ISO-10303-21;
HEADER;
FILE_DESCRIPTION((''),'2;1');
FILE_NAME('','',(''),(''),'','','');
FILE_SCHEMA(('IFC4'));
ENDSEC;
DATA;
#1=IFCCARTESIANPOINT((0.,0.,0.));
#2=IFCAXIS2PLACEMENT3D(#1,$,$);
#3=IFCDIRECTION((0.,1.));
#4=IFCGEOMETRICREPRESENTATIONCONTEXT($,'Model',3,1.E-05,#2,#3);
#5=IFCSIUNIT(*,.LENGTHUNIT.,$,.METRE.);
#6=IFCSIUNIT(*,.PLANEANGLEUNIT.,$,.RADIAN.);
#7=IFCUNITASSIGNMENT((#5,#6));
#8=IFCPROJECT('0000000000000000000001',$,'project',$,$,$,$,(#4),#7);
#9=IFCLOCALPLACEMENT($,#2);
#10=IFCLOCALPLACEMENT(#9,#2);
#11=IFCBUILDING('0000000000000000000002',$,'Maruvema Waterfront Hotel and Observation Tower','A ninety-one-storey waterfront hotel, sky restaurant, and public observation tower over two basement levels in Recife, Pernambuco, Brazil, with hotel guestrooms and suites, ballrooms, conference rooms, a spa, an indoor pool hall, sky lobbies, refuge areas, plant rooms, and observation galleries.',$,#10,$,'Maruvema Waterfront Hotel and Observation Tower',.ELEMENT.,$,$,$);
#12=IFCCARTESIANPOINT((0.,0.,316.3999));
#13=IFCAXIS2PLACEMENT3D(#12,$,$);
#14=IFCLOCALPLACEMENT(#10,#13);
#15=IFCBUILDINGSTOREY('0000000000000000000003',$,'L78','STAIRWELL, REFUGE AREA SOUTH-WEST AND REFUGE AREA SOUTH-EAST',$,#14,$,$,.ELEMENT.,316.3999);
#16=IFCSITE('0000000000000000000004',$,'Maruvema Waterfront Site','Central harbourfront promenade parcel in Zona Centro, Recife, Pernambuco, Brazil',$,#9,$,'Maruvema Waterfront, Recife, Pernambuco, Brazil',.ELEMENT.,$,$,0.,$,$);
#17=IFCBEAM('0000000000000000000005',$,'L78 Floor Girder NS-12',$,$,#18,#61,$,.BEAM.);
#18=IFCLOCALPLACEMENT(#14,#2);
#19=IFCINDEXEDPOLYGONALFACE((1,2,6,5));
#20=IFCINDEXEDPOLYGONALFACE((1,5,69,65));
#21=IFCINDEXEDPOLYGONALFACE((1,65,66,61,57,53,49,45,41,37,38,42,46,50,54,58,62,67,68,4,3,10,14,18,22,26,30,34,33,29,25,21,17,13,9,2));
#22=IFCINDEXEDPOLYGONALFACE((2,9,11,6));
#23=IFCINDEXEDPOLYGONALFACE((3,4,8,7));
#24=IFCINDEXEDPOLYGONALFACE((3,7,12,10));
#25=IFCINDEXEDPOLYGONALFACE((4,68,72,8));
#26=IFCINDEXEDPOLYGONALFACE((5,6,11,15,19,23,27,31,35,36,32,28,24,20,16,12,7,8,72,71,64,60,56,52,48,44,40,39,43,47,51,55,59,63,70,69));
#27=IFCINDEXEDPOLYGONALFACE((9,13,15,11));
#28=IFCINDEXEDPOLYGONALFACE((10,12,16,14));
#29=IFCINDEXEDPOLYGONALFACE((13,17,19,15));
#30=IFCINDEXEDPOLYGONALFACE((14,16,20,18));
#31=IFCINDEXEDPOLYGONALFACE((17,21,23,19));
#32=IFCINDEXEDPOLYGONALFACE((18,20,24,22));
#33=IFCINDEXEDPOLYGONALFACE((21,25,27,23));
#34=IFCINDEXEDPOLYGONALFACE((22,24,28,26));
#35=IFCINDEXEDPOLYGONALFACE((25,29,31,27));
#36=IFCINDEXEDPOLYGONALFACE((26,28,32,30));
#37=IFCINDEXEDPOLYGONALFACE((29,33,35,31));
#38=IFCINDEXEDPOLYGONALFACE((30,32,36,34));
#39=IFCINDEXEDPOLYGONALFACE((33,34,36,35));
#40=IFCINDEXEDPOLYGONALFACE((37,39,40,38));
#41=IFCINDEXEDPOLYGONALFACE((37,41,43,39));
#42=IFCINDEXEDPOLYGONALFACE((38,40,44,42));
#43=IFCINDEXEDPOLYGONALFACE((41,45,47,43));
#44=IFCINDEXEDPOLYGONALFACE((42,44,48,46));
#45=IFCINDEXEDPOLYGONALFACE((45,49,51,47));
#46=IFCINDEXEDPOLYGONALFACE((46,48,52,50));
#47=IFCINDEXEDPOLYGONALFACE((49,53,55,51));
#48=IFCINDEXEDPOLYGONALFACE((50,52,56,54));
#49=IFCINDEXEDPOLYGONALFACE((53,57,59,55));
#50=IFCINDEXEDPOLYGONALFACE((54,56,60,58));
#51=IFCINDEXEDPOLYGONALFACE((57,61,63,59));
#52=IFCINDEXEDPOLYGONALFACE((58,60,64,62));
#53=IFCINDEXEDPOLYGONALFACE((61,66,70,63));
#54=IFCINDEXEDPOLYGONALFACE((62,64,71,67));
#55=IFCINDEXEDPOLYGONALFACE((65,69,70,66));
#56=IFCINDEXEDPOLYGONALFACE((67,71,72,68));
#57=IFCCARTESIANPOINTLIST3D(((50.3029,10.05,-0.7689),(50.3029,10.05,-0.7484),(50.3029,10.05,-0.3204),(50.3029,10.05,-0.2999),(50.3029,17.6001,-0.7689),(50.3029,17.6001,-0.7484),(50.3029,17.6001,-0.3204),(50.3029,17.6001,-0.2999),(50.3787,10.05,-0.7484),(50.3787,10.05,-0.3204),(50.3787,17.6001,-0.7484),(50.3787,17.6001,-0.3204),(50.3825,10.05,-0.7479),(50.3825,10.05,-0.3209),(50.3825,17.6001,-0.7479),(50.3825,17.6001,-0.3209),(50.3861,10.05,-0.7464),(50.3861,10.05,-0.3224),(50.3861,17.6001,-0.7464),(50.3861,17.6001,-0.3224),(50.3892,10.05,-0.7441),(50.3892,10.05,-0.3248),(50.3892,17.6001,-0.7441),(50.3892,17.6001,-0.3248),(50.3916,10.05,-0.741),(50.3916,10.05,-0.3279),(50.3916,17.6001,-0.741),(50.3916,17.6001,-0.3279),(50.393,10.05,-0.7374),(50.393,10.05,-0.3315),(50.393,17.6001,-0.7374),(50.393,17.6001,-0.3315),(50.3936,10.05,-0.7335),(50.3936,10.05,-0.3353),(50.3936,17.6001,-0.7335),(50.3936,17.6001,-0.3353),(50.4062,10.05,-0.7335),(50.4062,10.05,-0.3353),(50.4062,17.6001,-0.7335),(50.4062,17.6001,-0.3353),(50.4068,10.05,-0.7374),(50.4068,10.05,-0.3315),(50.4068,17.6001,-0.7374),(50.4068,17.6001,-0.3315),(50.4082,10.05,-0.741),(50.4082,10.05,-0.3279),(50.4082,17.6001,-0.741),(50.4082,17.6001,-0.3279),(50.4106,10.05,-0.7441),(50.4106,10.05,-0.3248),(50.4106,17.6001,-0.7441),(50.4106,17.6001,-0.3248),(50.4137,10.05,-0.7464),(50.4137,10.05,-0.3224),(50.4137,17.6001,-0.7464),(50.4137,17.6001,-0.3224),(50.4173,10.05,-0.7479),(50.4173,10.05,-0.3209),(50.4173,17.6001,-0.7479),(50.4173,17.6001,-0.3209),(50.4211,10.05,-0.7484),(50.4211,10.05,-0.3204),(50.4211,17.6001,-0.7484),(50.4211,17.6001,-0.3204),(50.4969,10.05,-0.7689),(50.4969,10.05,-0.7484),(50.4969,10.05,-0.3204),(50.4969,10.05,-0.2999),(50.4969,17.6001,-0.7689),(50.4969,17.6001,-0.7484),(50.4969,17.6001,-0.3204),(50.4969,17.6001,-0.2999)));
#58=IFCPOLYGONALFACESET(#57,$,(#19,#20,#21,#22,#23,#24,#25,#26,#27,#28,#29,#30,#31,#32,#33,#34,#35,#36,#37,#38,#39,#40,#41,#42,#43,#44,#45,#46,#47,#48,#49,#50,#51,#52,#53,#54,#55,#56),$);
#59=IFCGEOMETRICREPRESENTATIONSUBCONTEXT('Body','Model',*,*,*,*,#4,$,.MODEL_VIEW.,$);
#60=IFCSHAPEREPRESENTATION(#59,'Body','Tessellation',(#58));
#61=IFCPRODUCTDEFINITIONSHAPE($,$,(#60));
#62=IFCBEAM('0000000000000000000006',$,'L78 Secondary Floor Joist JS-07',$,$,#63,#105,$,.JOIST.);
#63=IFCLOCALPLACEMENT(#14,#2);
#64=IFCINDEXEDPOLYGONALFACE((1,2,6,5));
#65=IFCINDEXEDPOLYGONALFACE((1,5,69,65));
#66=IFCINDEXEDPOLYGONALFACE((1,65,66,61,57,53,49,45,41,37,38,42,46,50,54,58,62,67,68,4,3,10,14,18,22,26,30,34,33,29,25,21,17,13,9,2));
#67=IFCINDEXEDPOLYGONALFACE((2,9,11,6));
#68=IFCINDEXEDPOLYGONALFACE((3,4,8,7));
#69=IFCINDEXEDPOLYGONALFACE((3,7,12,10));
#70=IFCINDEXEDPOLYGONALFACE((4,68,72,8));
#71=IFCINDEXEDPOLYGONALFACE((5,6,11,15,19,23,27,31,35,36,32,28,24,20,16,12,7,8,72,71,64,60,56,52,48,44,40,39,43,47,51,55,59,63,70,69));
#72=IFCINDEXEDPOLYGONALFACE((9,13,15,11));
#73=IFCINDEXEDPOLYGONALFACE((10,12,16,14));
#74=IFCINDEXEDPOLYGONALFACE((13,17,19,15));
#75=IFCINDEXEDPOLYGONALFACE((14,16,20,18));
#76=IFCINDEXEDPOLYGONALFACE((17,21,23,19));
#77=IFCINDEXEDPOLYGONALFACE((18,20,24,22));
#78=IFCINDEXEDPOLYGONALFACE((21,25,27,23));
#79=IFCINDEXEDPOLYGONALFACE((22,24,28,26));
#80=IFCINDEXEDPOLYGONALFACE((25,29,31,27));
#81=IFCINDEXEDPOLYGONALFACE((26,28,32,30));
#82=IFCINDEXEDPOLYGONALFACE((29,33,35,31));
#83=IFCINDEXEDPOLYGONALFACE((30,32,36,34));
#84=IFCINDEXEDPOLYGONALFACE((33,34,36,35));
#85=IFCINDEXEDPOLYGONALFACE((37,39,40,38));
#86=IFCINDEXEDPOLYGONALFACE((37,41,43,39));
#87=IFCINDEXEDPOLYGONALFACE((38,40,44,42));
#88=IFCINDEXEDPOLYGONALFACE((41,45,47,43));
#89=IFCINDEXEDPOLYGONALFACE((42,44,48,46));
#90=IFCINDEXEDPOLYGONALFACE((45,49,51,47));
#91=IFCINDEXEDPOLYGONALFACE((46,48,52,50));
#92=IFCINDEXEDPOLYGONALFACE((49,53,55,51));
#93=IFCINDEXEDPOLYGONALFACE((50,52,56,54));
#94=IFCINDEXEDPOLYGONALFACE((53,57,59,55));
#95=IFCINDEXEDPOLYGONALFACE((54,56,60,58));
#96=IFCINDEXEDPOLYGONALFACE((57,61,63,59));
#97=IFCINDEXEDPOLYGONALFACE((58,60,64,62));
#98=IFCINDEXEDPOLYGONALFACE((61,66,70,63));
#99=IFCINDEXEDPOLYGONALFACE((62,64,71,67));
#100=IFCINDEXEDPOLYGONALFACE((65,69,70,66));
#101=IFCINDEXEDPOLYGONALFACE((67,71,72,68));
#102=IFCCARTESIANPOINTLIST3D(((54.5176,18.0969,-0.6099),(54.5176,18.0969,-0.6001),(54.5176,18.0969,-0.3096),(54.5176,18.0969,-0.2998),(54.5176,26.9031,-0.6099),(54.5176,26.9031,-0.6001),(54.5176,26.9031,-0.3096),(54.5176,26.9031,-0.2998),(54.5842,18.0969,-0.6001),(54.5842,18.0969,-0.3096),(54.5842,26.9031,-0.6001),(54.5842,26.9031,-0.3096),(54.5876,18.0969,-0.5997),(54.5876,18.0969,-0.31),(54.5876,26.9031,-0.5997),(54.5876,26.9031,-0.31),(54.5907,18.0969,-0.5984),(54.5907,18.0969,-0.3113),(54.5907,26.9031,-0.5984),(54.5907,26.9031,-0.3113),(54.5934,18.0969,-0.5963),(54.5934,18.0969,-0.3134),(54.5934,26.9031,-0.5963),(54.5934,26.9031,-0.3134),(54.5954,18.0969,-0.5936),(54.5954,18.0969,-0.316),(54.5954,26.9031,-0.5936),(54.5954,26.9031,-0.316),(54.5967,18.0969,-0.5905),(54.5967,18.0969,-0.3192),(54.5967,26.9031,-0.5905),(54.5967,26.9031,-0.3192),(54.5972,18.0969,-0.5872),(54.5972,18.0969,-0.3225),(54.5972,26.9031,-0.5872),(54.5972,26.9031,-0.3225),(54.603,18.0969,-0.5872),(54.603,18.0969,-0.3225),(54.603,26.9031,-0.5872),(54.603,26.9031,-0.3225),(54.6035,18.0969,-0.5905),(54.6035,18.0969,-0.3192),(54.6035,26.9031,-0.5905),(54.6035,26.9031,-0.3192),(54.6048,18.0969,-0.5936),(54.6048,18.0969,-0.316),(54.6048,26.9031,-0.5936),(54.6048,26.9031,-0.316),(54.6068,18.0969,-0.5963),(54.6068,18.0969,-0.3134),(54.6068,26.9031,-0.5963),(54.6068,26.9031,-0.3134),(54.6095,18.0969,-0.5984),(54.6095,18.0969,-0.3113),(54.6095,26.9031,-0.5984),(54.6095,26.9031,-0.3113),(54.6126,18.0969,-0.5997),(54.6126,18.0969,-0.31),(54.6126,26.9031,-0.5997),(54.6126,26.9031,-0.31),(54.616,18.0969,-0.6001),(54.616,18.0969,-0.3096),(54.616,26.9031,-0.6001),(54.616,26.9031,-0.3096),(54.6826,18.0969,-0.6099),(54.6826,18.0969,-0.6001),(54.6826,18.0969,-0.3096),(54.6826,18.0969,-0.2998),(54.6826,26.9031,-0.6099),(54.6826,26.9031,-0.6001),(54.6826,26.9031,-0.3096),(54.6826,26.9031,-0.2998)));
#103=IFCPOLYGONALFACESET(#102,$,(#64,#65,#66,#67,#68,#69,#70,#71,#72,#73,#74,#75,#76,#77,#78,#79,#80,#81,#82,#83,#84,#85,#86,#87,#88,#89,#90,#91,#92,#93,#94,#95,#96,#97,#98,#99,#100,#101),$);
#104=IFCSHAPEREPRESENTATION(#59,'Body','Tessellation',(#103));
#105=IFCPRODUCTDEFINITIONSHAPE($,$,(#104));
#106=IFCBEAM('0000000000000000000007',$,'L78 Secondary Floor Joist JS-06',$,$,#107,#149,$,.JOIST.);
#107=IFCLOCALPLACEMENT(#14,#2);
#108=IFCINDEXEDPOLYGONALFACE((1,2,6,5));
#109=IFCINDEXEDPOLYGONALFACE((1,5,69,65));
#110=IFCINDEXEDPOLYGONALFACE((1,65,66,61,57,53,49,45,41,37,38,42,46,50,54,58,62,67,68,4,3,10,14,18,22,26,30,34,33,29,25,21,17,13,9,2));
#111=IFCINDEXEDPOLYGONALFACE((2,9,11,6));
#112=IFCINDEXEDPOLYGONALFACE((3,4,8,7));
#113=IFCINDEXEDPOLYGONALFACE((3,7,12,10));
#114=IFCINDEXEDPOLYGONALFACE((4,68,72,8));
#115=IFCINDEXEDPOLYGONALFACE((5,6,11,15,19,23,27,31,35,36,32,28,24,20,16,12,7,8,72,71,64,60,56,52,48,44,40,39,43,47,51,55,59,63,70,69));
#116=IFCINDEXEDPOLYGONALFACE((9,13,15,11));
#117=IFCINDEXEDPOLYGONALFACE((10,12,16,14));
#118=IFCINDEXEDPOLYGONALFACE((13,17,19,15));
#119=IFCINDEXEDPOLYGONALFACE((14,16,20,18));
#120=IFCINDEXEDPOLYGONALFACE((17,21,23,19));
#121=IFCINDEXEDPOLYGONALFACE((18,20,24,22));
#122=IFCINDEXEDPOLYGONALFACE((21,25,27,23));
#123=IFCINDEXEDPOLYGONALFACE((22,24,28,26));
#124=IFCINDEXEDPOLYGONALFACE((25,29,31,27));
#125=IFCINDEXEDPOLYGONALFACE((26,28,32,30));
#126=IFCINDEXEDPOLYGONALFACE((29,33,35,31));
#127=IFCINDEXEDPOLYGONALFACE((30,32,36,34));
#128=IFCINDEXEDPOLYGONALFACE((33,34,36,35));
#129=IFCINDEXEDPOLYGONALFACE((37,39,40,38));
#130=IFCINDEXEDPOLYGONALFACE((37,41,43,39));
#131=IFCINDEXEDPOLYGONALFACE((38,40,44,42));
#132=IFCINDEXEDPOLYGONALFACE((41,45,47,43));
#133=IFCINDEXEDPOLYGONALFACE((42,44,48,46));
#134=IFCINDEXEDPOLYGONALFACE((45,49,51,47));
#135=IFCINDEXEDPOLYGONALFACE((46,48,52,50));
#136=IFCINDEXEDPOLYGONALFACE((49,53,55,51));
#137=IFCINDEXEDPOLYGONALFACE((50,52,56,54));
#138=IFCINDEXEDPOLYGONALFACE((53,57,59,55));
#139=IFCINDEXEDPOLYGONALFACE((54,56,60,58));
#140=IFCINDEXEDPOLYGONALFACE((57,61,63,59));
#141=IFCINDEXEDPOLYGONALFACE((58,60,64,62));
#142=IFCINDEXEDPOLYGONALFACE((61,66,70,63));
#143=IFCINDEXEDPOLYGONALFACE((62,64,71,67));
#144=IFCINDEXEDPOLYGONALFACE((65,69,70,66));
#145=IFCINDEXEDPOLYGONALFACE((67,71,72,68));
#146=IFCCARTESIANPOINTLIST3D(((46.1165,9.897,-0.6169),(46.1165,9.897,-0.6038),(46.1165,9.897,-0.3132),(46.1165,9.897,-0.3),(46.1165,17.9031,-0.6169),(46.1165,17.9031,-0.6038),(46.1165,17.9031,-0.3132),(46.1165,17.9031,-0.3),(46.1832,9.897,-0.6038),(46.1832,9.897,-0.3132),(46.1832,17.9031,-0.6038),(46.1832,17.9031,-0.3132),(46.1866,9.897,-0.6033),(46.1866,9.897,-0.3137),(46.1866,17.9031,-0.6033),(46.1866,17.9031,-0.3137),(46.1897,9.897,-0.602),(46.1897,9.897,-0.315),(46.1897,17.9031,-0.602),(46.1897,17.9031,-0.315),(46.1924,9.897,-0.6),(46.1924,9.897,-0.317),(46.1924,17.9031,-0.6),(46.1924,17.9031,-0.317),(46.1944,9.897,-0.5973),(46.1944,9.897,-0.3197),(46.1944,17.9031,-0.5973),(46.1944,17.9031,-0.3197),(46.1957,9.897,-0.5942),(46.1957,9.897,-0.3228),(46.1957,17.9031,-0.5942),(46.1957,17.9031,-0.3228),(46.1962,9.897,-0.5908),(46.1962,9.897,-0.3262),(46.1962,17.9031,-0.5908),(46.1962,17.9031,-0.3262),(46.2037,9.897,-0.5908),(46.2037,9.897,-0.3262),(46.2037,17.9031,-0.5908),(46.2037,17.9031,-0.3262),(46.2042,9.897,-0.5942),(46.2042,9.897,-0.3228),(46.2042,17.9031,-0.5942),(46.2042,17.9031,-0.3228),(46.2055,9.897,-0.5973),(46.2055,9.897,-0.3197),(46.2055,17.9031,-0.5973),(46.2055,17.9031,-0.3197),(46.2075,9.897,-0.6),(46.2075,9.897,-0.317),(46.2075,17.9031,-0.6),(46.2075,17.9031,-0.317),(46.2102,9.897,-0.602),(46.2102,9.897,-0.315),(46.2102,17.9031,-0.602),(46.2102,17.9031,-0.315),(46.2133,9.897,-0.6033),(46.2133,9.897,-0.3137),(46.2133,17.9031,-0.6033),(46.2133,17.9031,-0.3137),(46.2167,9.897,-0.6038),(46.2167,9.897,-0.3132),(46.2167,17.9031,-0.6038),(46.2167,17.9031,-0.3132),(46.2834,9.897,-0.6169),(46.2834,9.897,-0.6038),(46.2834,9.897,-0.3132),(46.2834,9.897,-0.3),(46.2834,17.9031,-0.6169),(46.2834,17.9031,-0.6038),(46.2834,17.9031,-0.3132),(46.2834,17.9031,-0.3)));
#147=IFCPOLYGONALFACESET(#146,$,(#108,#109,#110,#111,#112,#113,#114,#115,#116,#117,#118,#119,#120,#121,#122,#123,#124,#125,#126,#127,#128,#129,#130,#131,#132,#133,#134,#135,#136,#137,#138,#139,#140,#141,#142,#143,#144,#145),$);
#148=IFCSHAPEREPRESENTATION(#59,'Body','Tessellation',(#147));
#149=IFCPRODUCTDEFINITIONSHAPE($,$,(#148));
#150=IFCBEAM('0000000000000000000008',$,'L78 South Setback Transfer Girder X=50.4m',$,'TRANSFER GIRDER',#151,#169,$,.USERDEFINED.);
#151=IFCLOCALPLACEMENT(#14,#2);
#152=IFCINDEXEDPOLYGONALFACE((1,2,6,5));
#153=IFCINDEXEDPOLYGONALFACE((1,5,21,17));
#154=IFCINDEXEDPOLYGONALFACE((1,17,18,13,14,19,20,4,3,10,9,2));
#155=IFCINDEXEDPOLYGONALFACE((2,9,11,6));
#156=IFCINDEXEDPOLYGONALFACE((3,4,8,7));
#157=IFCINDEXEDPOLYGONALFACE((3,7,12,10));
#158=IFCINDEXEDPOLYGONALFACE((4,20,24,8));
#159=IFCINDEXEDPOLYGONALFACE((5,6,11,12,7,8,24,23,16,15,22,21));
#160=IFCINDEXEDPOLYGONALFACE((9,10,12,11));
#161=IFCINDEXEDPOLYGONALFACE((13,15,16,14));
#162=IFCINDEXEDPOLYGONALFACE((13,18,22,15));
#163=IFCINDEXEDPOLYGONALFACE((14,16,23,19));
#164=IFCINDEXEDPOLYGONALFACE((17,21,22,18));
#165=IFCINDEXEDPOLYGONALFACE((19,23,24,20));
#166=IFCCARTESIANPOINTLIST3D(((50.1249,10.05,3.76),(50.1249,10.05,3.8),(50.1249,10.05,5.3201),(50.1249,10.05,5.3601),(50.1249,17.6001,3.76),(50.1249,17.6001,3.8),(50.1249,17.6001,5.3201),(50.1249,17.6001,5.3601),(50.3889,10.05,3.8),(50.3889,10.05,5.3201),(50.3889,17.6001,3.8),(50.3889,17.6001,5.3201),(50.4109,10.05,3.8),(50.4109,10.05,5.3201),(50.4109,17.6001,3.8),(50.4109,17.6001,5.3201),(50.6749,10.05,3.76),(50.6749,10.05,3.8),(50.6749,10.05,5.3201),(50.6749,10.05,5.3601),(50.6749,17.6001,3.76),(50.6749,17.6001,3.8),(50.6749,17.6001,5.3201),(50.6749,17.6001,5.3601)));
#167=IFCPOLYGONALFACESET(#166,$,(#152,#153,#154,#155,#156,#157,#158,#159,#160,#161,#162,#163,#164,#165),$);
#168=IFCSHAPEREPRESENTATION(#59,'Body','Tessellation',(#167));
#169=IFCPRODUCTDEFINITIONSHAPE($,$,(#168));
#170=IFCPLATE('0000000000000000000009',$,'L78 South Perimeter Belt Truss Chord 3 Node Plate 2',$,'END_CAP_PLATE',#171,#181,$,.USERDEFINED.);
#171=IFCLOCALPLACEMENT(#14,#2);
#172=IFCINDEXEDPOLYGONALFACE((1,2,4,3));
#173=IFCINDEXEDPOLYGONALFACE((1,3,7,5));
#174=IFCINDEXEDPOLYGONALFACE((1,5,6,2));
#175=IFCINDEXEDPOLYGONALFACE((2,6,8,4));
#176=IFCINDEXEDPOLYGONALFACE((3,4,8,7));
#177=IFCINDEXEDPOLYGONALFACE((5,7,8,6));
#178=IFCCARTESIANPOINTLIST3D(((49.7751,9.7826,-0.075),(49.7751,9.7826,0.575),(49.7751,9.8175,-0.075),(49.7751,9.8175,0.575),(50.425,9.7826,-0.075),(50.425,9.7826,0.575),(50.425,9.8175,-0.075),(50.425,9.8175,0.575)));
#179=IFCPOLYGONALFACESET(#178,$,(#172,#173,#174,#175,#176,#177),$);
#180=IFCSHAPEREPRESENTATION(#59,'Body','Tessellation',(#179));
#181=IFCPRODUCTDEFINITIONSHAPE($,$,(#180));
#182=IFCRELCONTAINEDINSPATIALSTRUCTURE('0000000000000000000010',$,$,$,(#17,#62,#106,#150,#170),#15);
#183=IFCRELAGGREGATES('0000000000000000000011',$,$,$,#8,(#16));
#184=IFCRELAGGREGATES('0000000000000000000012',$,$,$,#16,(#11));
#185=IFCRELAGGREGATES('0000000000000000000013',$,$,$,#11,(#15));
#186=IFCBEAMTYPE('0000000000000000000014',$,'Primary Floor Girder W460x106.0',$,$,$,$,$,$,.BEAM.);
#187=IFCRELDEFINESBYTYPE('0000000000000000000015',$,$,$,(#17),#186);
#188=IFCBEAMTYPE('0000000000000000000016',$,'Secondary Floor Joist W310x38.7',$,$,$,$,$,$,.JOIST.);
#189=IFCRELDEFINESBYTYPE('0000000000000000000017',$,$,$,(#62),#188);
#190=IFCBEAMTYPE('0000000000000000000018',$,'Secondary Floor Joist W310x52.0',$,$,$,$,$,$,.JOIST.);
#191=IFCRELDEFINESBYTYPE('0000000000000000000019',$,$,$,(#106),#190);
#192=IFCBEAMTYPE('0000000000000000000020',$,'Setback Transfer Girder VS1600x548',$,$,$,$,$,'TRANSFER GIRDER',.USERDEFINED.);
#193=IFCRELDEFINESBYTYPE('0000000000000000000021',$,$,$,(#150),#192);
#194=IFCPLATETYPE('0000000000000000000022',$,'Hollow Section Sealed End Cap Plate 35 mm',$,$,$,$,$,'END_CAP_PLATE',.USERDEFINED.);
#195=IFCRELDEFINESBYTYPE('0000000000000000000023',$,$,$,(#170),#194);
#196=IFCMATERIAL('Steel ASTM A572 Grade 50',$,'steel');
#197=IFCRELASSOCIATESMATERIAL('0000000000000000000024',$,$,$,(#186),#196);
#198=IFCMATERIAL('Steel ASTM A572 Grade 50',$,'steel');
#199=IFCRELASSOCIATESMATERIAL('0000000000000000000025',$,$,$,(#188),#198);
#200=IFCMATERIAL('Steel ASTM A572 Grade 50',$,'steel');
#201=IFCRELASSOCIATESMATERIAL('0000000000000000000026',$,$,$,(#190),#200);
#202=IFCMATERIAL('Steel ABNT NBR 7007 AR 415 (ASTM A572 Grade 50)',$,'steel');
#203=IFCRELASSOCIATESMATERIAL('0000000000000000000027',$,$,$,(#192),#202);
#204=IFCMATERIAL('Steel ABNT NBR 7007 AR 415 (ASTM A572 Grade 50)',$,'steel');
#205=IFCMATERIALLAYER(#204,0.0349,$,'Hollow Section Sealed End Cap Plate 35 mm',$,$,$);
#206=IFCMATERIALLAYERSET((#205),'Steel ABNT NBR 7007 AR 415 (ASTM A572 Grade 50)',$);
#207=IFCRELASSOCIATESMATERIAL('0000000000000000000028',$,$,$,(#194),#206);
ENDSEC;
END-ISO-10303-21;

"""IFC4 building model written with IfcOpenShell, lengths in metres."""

from ifc_helpers import new_model, si_unit, direction, frame, origin, origin_2d, place, context, subcontext, project, spatial, rectangle, i_section, extrude, material, layer, layer_set, material_profile, profile_set, type_object, element, save


model = new_model("IFC4")

# Units and contexts
model_context = context("Model", 3, precision=1e-05, world=origin(), true_north=direction((0.0, 1.0)))
body_context = subcontext(model_context, "Body", "Model", "MODEL_VIEW")
ifc_project = project(units=[si_unit("LENGTHUNIT", "METRE"), si_unit("PLANEANGLEUNIT", "RADIAN")], contexts=[model_context])

# Site, building, storey
site_placement = place(None, origin())
site = spatial("IfcSite", under=ifc_project, at=site_placement, Name="Maruvema Waterfront Site", Description="Central harbourfront promenade parcel in Zona Centro, Recife, Pernambuco, Brazil", LongName="Maruvema Waterfront, Recife, Pernambuco, Brazil", CompositionType="ELEMENT", RefElevation=0.0)
building_placement = place(site_placement, origin())
building = spatial("IfcBuilding", under=site, at=building_placement, Name="Maruvema Waterfront Hotel and Observation Tower", Description="A ninety-one-storey waterfront hotel, sky restaurant, and public observation tower over two basement levels in Recife, Pernambuco, Brazil, with hotel guestrooms and suites, ballrooms, conference rooms, a spa, an indoor pool hall, sky lobbies, refuge areas, plant rooms, and observation galleries.", LongName="Maruvema Waterfront Hotel and Observation Tower", CompositionType="ELEMENT")
storey_placement = place(building_placement, frame((0.0, 0.0, 316.3999)))
storey = spatial("IfcBuildingStorey", under=building, at=storey_placement, Name="L78", Description="STAIRWELL, REFUGE AREA SOUTH-WEST AND REFUGE AREA SOUTH-EAST", CompositionType="ELEMENT", Elevation=316.3999)

# Beams
ifc_material_1 = material(Name="Steel ASTM A572 Grade 50", Category="steel")
ifc_material_profile_1 = material_profile(ifc_material_1, i_section(OverallWidth=0.1941, OverallDepth=0.469, WebThickness=0.0127, FlangeThickness=0.0205, FilletRadius=0.0149, at=origin_2d()), Name="W460x106.0")
ifc_profile_set_1 = profile_set([ifc_material_profile_1], Name="Steel ASTM A572 Grade 50")
beam_type_1 = type_object("IfcBeamType", Name="Primary Floor Girder W460x106.0", PredefinedType="BEAM", material=ifc_profile_set_1)
beam_1_placement = place(storey_placement, frame((50.3999, 10.05, -0.5344), z_axis=(0.0, 1.0, 0.0), x_axis=(-1.0, 0.0, 0.0)))
element("IfcBeam", 1, at=beam_1_placement, inside=storey, type_object=beam_type_1, Name="L78 Floor Girder NS-12", PredefinedType="BEAM", context=body_context, shape_type="SweptSolid", body=[
    extrude(i_section(OverallWidth=0.1941, OverallDepth=0.469, WebThickness=0.0127, FlangeThickness=0.0205, FilletRadius=0.0149, at=origin_2d()), origin(), (0.0, 0.0, 1.0), 7.55),
])
ifc_material_2 = material(Name="Steel ASTM A572 Grade 50", Category="steel")
ifc_material_profile_2 = material_profile(ifc_material_2, i_section(OverallWidth=0.165, OverallDepth=0.3101, WebThickness=0.0059, FlangeThickness=0.0098, FilletRadius=0.0129, at=origin_2d()), Name="W310x38.7")
ifc_profile_set_2 = profile_set([ifc_material_profile_2], Name="Steel ASTM A572 Grade 50")
beam_type_2 = type_object("IfcBeamType", Name="Secondary Floor Joist W310x38.7", PredefinedType="JOIST", material=ifc_profile_set_2)
beam_2_placement = place(storey_placement, frame((54.6001, 18.0969, -0.4548), z_axis=(0.0, 1.0, 0.0), x_axis=(-1.0, 0.0, 0.0)))
element("IfcBeam", 2, at=beam_2_placement, inside=storey, type_object=beam_type_2, Name="L78 Secondary Floor Joist JS-07", PredefinedType="JOIST", context=body_context, shape_type="SweptSolid", body=[
    extrude(i_section(OverallWidth=0.165, OverallDepth=0.3101, WebThickness=0.0059, FlangeThickness=0.0098, FilletRadius=0.0129, at=origin_2d()), origin(), (0.0, 0.0, 1.0), 8.8062),
])
ifc_material_3 = material(Name="Steel ASTM A572 Grade 50", Category="steel")
ifc_material_profile_3 = material_profile(ifc_material_3, i_section(OverallWidth=0.167, OverallDepth=0.3169, WebThickness=0.0076, FlangeThickness=0.0132, FilletRadius=0.0129, at=origin_2d()), Name="W310x52.0")
ifc_profile_set_3 = profile_set([ifc_material_profile_3], Name="Steel ASTM A572 Grade 50")
beam_type_3 = type_object("IfcBeamType", Name="Secondary Floor Joist W310x52.0", PredefinedType="JOIST", material=ifc_profile_set_3)
beam_3_placement = place(storey_placement, frame((46.2, 9.897, -0.4585), z_axis=(0.0, 1.0, 0.0), x_axis=(-1.0, 0.0, 0.0)))
element("IfcBeam", 3, at=beam_3_placement, inside=storey, type_object=beam_type_3, Name="L78 Secondary Floor Joist JS-06", PredefinedType="JOIST", context=body_context, shape_type="SweptSolid", body=[
    extrude(i_section(OverallWidth=0.167, OverallDepth=0.3169, WebThickness=0.0076, FlangeThickness=0.0132, FilletRadius=0.0129, at=origin_2d()), origin(), (0.0, 0.0, 1.0), 8.0061),
])
ifc_material_4 = material(Name="Steel ABNT NBR 7007 AR 415 (ASTM A572 Grade 50)", Category="steel")
ifc_material_profile_4 = material_profile(ifc_material_4, i_section(OverallWidth=0.55, OverallDepth=1.6001, WebThickness=0.022, FlangeThickness=0.04, at=origin_2d()), Name="VS1600x548")
ifc_profile_set_4 = profile_set([ifc_material_profile_4], Name="Steel ABNT NBR 7007 AR 415 (ASTM A572 Grade 50)")
beam_type_4 = type_object("IfcBeamType", Name="Setback Transfer Girder VS1600x548", ElementType="TRANSFER GIRDER", PredefinedType="USERDEFINED", material=ifc_profile_set_4)
beam_4_placement = place(storey_placement, frame((50.3999, 10.05, 4.5601), z_axis=(0.0, 1.0, 0.0), x_axis=(-1.0, 0.0, 0.0)))
element("IfcBeam", 4, at=beam_4_placement, inside=storey, type_object=beam_type_4, Name="L78 South Setback Transfer Girder X=50.4m", ObjectType="TRANSFER GIRDER", PredefinedType="USERDEFINED", context=body_context, shape_type="SweptSolid", body=[
    extrude(i_section(OverallWidth=0.55, OverallDepth=1.6001, WebThickness=0.022, FlangeThickness=0.04, at=origin_2d()), origin(), (0.0, 0.0, 1.0), 7.55),
])

# Plate
ifc_material_5 = material(Name="Steel ABNT NBR 7007 AR 415 (ASTM A572 Grade 50)", Category="steel")
ifc_layer_1 = layer(ifc_material_5, 0.0349, Name="Hollow Section Sealed End Cap Plate 35 mm")
ifc_layer_set_1 = layer_set([ifc_layer_1], Name="Steel ABNT NBR 7007 AR 415 (ASTM A572 Grade 50)")
plate_type_1 = type_object("IfcPlateType", Name="Hollow Section Sealed End Cap Plate 35 mm", ElementType="END_CAP_PLATE", PredefinedType="USERDEFINED", material=ifc_layer_set_1)
for number, where, z_axis, x_axis, name in (
    (5, (50.1001, 9.8, -0.075), (0.0, 0.0, 1.0), (1.0, 0.0, 0.0), "L78 South Perimeter Belt Truss Chord 3 Node Plate 2"),
):
    element("IfcPlate", number, at=place(storey_placement, frame(where, z_axis=z_axis, x_axis=x_axis)), inside=storey, type_object=plate_type_1, Name=name, ObjectType="END_CAP_PLATE", PredefinedType="USERDEFINED", context=body_context, shape_type="SweptSolid", body=[
        extrude(rectangle(XDim=0.6499, YDim=0.0349, at=origin_2d()), origin(), (0.0, 0.0, 1.0), 0.6499),
    ])

save(model, "model.ifc")
